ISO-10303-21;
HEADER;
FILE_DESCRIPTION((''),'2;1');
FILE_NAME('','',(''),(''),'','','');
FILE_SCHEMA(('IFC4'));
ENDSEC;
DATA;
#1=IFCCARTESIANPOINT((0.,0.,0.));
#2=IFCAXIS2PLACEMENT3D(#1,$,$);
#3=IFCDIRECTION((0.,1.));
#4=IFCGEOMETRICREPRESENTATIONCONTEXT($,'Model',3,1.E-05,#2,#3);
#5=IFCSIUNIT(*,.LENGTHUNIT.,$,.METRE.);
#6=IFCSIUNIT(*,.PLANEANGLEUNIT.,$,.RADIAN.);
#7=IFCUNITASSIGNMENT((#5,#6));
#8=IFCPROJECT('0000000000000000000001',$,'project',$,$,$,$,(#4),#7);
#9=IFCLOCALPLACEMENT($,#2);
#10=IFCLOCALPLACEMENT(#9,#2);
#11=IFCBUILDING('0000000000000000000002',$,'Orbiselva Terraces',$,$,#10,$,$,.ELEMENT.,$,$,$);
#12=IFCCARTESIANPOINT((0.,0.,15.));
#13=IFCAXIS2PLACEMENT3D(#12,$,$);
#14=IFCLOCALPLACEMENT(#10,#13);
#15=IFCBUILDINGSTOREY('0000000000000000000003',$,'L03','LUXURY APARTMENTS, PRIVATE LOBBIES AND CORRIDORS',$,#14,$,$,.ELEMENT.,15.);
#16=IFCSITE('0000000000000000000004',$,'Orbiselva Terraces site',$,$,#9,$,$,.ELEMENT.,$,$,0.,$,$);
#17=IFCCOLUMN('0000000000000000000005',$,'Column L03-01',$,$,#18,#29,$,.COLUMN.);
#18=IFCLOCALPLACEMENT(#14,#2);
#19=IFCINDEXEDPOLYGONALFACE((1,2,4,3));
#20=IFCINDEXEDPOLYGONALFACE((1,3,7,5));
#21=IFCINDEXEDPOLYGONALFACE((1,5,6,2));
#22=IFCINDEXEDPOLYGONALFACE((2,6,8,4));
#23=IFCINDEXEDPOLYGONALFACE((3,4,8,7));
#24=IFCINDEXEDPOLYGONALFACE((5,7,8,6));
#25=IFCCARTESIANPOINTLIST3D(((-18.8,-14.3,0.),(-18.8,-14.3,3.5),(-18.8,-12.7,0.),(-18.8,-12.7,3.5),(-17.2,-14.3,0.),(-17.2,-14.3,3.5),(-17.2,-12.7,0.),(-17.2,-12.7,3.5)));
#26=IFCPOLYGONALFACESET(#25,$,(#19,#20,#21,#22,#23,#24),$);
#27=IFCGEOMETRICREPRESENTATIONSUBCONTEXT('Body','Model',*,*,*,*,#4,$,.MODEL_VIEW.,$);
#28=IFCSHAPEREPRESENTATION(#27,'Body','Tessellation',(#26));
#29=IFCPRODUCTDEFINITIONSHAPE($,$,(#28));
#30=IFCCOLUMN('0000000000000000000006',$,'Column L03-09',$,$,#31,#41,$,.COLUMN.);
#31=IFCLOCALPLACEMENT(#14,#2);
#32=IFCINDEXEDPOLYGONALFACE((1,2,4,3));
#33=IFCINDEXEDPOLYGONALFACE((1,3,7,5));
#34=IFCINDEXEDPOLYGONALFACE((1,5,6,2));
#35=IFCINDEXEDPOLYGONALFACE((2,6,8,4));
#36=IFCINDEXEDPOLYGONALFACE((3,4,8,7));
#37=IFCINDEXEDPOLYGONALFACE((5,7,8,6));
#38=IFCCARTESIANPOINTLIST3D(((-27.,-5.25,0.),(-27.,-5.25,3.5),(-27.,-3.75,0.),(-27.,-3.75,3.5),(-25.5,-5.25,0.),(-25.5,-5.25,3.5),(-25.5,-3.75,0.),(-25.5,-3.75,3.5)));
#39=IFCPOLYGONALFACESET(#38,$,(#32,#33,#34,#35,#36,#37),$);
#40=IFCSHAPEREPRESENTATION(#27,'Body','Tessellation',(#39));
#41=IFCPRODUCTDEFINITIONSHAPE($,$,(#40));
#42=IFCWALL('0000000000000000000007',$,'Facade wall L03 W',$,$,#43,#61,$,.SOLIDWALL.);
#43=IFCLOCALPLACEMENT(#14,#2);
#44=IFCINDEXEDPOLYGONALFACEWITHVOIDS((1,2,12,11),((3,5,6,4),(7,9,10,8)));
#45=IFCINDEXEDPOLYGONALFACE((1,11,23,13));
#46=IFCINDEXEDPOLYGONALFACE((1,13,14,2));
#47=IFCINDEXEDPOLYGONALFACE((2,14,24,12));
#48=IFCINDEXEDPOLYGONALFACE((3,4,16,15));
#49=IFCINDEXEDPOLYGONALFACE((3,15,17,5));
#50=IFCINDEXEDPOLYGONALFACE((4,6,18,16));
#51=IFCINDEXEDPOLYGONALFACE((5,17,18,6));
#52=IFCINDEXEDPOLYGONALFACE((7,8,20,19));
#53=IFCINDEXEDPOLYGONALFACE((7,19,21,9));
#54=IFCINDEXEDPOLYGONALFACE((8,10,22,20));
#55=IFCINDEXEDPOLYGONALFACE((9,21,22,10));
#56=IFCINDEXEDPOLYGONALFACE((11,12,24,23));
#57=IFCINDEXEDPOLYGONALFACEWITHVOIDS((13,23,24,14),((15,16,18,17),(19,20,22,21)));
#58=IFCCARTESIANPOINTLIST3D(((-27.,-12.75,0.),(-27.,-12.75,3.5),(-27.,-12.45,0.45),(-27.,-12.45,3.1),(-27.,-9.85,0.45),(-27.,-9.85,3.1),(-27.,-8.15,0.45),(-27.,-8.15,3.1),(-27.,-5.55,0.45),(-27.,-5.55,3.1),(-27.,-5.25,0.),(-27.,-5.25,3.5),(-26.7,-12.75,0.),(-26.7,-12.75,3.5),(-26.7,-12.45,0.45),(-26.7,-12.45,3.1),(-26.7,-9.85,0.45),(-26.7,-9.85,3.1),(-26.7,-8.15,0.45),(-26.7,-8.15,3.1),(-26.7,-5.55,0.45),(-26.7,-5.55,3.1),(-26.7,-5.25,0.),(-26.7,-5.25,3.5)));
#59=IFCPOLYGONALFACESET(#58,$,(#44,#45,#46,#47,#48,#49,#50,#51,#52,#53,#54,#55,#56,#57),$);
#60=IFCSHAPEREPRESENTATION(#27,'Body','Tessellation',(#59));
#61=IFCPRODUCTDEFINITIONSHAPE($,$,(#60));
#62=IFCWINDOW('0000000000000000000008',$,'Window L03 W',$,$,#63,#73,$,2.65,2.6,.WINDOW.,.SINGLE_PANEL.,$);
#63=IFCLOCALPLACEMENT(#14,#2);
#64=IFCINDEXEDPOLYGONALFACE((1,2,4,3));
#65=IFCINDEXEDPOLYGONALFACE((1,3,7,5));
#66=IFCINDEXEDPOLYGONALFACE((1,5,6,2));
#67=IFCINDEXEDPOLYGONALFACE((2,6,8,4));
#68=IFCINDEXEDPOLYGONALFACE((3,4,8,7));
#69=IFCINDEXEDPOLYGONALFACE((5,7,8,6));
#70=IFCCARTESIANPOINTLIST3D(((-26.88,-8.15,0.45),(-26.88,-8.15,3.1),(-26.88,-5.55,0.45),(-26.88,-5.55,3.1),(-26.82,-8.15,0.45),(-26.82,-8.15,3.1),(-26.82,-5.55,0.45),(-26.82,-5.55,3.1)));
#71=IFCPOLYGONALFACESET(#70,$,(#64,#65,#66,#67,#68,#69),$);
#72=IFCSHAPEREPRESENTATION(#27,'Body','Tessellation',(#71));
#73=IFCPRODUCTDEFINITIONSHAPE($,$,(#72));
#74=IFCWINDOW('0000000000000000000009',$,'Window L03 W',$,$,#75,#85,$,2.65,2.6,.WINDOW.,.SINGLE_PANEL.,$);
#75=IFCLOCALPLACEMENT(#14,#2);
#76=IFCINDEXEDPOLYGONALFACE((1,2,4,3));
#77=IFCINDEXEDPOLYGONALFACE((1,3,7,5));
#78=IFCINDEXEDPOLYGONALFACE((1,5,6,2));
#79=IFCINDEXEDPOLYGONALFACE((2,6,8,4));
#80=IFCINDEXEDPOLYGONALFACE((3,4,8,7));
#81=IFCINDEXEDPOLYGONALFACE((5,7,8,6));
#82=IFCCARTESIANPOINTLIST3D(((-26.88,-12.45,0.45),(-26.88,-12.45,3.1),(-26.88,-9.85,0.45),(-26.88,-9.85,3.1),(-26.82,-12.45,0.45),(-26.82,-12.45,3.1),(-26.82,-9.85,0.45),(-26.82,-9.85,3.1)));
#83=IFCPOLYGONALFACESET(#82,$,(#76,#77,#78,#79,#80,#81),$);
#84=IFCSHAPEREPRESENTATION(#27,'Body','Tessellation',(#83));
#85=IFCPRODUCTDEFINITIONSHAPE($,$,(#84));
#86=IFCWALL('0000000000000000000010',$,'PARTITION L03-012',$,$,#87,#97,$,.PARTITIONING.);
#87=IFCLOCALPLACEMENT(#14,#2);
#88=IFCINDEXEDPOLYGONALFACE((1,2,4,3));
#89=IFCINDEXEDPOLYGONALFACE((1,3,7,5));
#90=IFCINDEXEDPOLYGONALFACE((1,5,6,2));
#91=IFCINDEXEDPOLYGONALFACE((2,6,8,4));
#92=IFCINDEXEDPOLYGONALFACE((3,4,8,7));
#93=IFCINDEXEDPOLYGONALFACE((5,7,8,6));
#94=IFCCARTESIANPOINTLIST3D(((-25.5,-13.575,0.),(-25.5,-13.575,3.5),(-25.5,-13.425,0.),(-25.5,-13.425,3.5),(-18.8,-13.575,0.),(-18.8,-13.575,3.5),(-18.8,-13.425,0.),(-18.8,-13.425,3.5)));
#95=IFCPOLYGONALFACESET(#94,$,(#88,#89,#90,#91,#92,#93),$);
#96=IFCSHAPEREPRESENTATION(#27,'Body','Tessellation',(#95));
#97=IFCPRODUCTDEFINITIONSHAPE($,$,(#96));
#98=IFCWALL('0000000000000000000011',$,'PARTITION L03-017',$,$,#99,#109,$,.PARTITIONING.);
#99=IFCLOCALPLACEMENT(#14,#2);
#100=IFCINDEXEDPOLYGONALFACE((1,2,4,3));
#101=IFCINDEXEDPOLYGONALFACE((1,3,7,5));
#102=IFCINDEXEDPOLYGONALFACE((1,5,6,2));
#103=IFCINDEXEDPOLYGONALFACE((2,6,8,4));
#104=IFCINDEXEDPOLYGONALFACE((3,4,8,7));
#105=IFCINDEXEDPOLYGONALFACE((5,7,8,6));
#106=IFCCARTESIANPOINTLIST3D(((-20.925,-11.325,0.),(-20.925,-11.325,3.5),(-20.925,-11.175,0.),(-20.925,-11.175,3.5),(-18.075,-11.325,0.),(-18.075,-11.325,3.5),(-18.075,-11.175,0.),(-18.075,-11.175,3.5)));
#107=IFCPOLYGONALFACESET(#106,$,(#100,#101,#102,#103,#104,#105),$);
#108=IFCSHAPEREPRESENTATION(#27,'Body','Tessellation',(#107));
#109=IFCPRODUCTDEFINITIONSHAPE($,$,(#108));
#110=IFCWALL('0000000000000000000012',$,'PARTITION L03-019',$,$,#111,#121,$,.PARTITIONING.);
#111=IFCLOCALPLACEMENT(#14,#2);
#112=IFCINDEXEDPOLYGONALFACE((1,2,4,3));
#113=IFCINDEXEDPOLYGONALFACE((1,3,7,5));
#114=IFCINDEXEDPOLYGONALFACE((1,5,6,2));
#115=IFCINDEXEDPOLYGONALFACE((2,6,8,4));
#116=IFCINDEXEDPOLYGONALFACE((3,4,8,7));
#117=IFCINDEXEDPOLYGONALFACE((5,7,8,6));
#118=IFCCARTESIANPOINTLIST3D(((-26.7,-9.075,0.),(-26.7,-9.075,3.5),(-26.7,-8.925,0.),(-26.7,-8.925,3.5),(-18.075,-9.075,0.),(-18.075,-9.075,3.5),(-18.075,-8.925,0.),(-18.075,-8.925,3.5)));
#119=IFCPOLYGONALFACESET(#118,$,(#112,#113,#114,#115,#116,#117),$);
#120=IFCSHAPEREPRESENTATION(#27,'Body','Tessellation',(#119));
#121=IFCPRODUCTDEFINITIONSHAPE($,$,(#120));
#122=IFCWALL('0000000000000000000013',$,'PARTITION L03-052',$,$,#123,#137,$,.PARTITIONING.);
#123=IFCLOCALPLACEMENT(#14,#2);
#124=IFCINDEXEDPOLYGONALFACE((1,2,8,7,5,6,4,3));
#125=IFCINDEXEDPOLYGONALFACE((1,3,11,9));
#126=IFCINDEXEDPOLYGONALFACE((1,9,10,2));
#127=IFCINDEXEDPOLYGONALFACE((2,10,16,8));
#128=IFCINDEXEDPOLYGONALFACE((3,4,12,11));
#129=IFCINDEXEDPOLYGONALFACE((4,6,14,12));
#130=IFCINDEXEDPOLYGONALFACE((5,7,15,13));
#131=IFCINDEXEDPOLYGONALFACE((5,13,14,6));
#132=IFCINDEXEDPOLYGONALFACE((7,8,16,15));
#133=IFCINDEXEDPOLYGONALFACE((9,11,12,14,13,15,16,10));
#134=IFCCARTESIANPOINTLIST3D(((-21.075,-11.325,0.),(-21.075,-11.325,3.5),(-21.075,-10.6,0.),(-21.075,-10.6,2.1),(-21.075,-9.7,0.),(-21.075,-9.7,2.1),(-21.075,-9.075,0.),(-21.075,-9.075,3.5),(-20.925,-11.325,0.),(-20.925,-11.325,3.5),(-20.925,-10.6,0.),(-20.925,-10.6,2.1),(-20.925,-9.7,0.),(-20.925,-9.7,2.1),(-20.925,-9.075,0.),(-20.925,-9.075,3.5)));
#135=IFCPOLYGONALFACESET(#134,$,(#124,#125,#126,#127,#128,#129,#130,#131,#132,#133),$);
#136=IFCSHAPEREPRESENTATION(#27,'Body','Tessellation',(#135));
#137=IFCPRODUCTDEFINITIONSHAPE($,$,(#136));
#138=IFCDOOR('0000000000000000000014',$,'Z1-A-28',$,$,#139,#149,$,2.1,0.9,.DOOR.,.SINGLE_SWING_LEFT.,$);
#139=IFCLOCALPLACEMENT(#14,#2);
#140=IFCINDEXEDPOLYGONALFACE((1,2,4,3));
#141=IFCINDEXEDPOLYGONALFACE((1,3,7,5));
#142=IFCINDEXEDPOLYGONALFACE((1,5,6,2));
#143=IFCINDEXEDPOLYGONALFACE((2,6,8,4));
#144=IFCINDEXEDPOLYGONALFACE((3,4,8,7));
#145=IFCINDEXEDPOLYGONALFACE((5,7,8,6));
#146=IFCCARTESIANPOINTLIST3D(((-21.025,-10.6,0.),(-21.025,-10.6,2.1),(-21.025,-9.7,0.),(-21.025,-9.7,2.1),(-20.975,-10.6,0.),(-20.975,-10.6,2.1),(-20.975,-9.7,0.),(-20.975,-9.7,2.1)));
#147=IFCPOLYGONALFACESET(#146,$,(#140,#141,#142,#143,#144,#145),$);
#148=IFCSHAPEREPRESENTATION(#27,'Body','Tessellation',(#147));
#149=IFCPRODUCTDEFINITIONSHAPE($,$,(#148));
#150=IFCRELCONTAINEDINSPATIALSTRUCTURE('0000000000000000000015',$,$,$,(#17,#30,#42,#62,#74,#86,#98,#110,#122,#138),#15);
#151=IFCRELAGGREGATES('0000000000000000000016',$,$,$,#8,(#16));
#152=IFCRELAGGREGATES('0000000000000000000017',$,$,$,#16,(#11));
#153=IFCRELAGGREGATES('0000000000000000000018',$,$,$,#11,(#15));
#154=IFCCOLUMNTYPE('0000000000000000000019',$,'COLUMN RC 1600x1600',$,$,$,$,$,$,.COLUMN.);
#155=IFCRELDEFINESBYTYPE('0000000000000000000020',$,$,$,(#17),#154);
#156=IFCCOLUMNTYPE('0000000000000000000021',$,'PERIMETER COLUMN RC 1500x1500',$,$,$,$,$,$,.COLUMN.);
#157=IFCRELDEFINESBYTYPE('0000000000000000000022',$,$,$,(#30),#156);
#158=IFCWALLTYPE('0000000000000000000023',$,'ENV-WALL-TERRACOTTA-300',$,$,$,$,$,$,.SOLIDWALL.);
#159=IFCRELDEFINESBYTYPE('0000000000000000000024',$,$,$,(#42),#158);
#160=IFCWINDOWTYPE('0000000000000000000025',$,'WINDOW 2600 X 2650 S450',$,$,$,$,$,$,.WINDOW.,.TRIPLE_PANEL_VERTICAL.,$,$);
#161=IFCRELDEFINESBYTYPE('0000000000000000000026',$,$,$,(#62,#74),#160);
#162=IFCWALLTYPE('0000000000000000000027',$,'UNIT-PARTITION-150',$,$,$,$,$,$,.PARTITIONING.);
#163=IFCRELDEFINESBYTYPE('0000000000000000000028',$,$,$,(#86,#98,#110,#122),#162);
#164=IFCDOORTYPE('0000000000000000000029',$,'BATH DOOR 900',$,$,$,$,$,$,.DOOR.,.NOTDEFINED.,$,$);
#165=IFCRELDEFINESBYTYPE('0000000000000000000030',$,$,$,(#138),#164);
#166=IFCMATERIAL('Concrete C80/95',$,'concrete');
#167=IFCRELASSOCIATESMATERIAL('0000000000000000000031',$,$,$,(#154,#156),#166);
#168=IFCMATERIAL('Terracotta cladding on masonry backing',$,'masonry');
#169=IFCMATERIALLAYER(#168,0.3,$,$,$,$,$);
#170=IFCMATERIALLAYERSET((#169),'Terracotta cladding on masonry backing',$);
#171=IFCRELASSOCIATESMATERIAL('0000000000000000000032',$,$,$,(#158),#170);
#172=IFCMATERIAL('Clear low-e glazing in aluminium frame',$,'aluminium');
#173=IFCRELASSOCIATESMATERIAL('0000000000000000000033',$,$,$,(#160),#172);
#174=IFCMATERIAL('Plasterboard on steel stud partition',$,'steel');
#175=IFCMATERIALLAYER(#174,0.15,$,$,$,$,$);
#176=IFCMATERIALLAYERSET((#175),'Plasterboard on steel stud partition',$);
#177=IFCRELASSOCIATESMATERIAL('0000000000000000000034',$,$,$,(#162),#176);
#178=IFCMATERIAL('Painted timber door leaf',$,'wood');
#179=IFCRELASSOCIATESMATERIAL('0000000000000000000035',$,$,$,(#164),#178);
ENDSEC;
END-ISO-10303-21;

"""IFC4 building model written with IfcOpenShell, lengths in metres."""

from ifc_helpers import new_model, si_unit, direction, frame, frame_2d, origin, origin_2d, place, context, subcontext, project, spatial, rectangle, extrude, material, layer, layer_set, material_profile, profile_set, type_object, element, fill, save


model = new_model("IFC4")

# Units and contexts
model_context = context("Model", 3, precision=1e-05, world=origin(), true_north=direction((0.0, 1.0)))
body_context = subcontext(model_context, "Body", "Model", "MODEL_VIEW")
ifc_project = project(units=[si_unit("LENGTHUNIT", "METRE"), si_unit("PLANEANGLEUNIT", "RADIAN")], contexts=[model_context])

# Site, building, storey
site_placement = place(None, origin())
site = spatial("IfcSite", under=ifc_project, at=site_placement, Name="Orbiselva Terraces site", CompositionType="ELEMENT", RefElevation=0.0)
building_placement = place(site_placement, origin())
building = spatial("IfcBuilding", under=site, at=building_placement, Name="Orbiselva Terraces", CompositionType="ELEMENT")
storey_placement = place(building_placement, frame((0.0, 0.0, 15.0)))
storey = spatial("IfcBuildingStorey", under=building, at=storey_placement, Name="L03", Description="LUXURY APARTMENTS, PRIVATE LOBBIES AND CORRIDORS", CompositionType="ELEMENT", Elevation=15.0)

# Columns
ifc_material_1 = material(Name="Concrete C80/95", Category="concrete")
ifc_material_profile_1 = material_profile(ifc_material_1, rectangle(XDim=1.6, YDim=1.6, at=origin_2d()), Name="RC 1600x1600")
ifc_profile_set_1 = profile_set([ifc_material_profile_1], Name="Concrete C80/95")
column_type_1 = type_object("IfcColumnType", Name="COLUMN RC 1600x1600", PredefinedType="COLUMN", material=ifc_profile_set_1)
column_1_placement = place(storey_placement, frame((-18.0, -13.5, 0.0), z_axis=(0.0, 0.0, 1.0), x_axis=(1.0, 0.0, 0.0)))
element("IfcColumn", 1, at=column_1_placement, inside=storey, type_object=column_type_1, Name="Column L03-01", PredefinedType="COLUMN", context=body_context, shape_type="SweptSolid", body=[
    extrude(rectangle(XDim=1.6, YDim=1.6, at=origin_2d()), origin(), (0.0, 0.0, 1.0), 3.5),
])
ifc_material_profile_2 = material_profile(ifc_material_1, rectangle(XDim=1.5, YDim=1.5, at=origin_2d()), Name="RC 1500x1500")
ifc_profile_set_2 = profile_set([ifc_material_profile_2], Name="Concrete C80/95")
column_type_2 = type_object("IfcColumnType", Name="PERIMETER COLUMN RC 1500x1500", PredefinedType="COLUMN", material=ifc_profile_set_2)
column_2_placement = place(storey_placement, frame((-26.25, -4.5, 0.0), z_axis=(0.0, 0.0, 1.0), x_axis=(1.0, 0.0, 0.0)))
element("IfcColumn", 2, at=column_2_placement, inside=storey, type_object=column_type_2, Name="Column L03-09", PredefinedType="COLUMN", context=body_context, shape_type="SweptSolid", body=[
    extrude(rectangle(XDim=1.5, YDim=1.5, at=origin_2d()), origin(), (0.0, 0.0, 1.0), 3.5),
])

# Wall, openings, windows
ifc_material_2 = material(Name="Terracotta cladding on masonry backing", Category="masonry")
ifc_layer_1 = layer(ifc_material_2, 0.3)
ifc_layer_set_1 = layer_set([ifc_layer_1], Name="Terracotta cladding on masonry backing")
wall_type_1 = type_object("IfcWallType", Name="ENV-WALL-TERRACOTTA-300", PredefinedType="SOLIDWALL", material=ifc_layer_set_1)
wall_1_placement = place(storey_placement, frame((-26.85, -12.75, 0.0), z_axis=(0.0, 0.0, 1.0), x_axis=(0.0, 1.0, 0.0)))
wall_1 = element("IfcWall", 3, at=wall_1_placement, inside=storey, type_object=wall_type_1, Name="Facade wall L03 W", PredefinedType="SOLIDWALL", context=body_context, shape_type="SweptSolid", body=[
    extrude(rectangle(XDim=7.5, YDim=0.3, at=frame_2d((3.75, 0.0))), origin(), (0.0, 0.0, 1.0), 3.5),
])
opening_1_placement = place(wall_1_placement, frame((4.6, 0.0, 0.45)))
opening_1 = element("IfcOpeningElement", 4, at=opening_1_placement, cuts=wall_1, PredefinedType="OPENING", context=body_context, shape_type="SweptSolid", body=[
    extrude(rectangle(XDim=2.6, YDim=2.65, at=frame_2d((1.3, 1.325))), frame((0.0, 0.16, 0.0), z_axis=(0.0, -1.0, 0.0), x_axis=(1.0, 0.0, 0.0)), (0.0, 0.0, 1.0), 0.32),
])
opening_2_placement = place(wall_1_placement, frame((0.3, 0.0, 0.45)))
opening_2 = element("IfcOpeningElement", 5, at=opening_2_placement, cuts=wall_1, PredefinedType="OPENING", context=body_context, shape_type="SweptSolid", body=[
    extrude(rectangle(XDim=2.6, YDim=2.65, at=frame_2d((1.3, 1.325))), frame((0.0, 0.16, 0.0), z_axis=(0.0, -1.0, 0.0), x_axis=(1.0, 0.0, 0.0)), (0.0, 0.0, 1.0), 0.32),
])
ifc_material_3 = material(Name="Clear low-e glazing in aluminium frame", Category="aluminium")
window_type = type_object("IfcWindowType", Name="WINDOW 2600 X 2650 S450", PartitioningType="TRIPLE_PANEL_VERTICAL", PredefinedType="WINDOW", material=ifc_material_3)
window_1_placement = place(opening_1_placement, origin())
window_1 = element("IfcWindow", 6, at=window_1_placement, inside=storey, type_object=window_type, Name="Window L03 W", OverallHeight=2.65, OverallWidth=2.6, PartitioningType="SINGLE_PANEL", PredefinedType="WINDOW", context=body_context, shape_type="SweptSolid", body=[
    extrude(rectangle(XDim=2.6, YDim=2.65, at=frame_2d((1.3, 1.325))), frame((0.0, 0.03, 0.0), z_axis=(0.0, -1.0, 0.0), x_axis=(1.0, 0.0, 0.0)), (0.0, 0.0, 1.0), 0.06),
])
fill(opening_1, window_1)
window_2_placement = place(opening_2_placement, origin())
window_2 = element("IfcWindow", 7, at=window_2_placement, inside=storey, type_object=window_type, Name="Window L03 W", OverallHeight=2.65, OverallWidth=2.6, PartitioningType="SINGLE_PANEL", PredefinedType="WINDOW", context=body_context, shape_type="SweptSolid", body=[
    extrude(rectangle(XDim=2.6, YDim=2.65, at=frame_2d((1.3, 1.325))), frame((0.0, 0.03, 0.0), z_axis=(0.0, -1.0, 0.0), x_axis=(1.0, 0.0, 0.0)), (0.0, 0.0, 1.0), 0.06),
])
fill(opening_2, window_2)

# Walls
ifc_material_4 = material(Name="Plasterboard on steel stud partition", Category="steel")
ifc_layer_2 = layer(ifc_material_4, 0.15)
ifc_layer_set_2 = layer_set([ifc_layer_2], Name="Plasterboard on steel stud partition")
wall_type_2 = type_object("IfcWallType", Name="UNIT-PARTITION-150", PredefinedType="PARTITIONING", material=ifc_layer_set_2)
wall_2_placement = place(storey_placement, frame((-25.5, -13.5, 0.0), z_axis=(0.0, 0.0, 1.0), x_axis=(1.0, 0.0, 0.0)))
element("IfcWall", 8, at=wall_2_placement, inside=storey, type_object=wall_type_2, Name="PARTITION L03-012", PredefinedType="PARTITIONING", context=body_context, shape_type="SweptSolid", body=[
    extrude(rectangle(XDim=6.7, YDim=0.15, at=frame_2d((3.35, 0.0))), origin(), (0.0, 0.0, 1.0), 3.5),
])
wall_3_placement = place(storey_placement, frame((-20.925, -11.25, 0.0), z_axis=(0.0, 0.0, 1.0), x_axis=(1.0, 0.0, 0.0)))
element("IfcWall", 9, at=wall_3_placement, inside=storey, type_object=wall_type_2, Name="PARTITION L03-017", PredefinedType="PARTITIONING", context=body_context, shape_type="SweptSolid", body=[
    extrude(rectangle(XDim=2.85, YDim=0.15, at=frame_2d((1.425, 0.0))), origin(), (0.0, 0.0, 1.0), 3.5),
])
wall_4_placement = place(storey_placement, frame((-26.7, -9.0, 0.0), z_axis=(0.0, 0.0, 1.0), x_axis=(1.0, 0.0, 0.0)))
element("IfcWall", 10, at=wall_4_placement, inside=storey, type_object=wall_type_2, Name="PARTITION L03-019", PredefinedType="PARTITIONING", context=body_context, shape_type="SweptSolid", body=[
    extrude(rectangle(XDim=8.625, YDim=0.15, at=frame_2d((4.3125, 0.0))), origin(), (0.0, 0.0, 1.0), 3.5),
])

# Wall, opening, door
wall_5_placement = place(storey_placement, frame((-21.0, -9.075, 0.0), z_axis=(0.0, 0.0, 1.0), x_axis=(0.0, -1.0, 0.0)))
wall_5 = element("IfcWall", 11, at=wall_5_placement, inside=storey, type_object=wall_type_2, Name="PARTITION L03-052", PredefinedType="PARTITIONING", context=body_context, shape_type="SweptSolid", body=[
    extrude(rectangle(XDim=2.25, YDim=0.15, at=frame_2d((1.125, 0.0))), origin(), (0.0, 0.0, 1.0), 3.5),
])
opening_3_placement = place(wall_5_placement, frame((0.625, 0.0, 0.0)))
opening_3 = element("IfcOpeningElement", 12, at=opening_3_placement, cuts=wall_5, PredefinedType="OPENING", context=body_context, shape_type="SweptSolid", body=[
    extrude(rectangle(XDim=0.9, YDim=2.1, at=frame_2d((0.45, 1.05))), frame((0.0, 0.085, 0.0), z_axis=(0.0, -1.0, 0.0), x_axis=(1.0, 0.0, 0.0)), (0.0, 0.0, 1.0), 0.17),
])
ifc_material_5 = material(Name="Painted timber door leaf", Category="wood")
door_type_1 = type_object("IfcDoorType", Name="BATH DOOR 900", OperationType="NOTDEFINED", PredefinedType="DOOR", material=ifc_material_5)
door_1_placement = place(opening_3_placement, origin())
door_1 = element("IfcDoor", 13, at=door_1_placement, inside=storey, type_object=door_type_1, Name="Z1-A-28", OperationType="SINGLE_SWING_LEFT", OverallHeight=2.1, OverallWidth=0.9, PredefinedType="DOOR", context=body_context, shape_type="SweptSolid", body=[
    extrude(rectangle(XDim=0.9, YDim=2.1, at=frame_2d((0.45, 1.05))), frame((0.0, 0.025, 0.0), z_axis=(0.0, -1.0, 0.0), x_axis=(1.0, 0.0, 0.0)), (0.0, 0.0, 1.0), 0.05),
])
fill(opening_3, door_1)

save(model, "model.ifc")
